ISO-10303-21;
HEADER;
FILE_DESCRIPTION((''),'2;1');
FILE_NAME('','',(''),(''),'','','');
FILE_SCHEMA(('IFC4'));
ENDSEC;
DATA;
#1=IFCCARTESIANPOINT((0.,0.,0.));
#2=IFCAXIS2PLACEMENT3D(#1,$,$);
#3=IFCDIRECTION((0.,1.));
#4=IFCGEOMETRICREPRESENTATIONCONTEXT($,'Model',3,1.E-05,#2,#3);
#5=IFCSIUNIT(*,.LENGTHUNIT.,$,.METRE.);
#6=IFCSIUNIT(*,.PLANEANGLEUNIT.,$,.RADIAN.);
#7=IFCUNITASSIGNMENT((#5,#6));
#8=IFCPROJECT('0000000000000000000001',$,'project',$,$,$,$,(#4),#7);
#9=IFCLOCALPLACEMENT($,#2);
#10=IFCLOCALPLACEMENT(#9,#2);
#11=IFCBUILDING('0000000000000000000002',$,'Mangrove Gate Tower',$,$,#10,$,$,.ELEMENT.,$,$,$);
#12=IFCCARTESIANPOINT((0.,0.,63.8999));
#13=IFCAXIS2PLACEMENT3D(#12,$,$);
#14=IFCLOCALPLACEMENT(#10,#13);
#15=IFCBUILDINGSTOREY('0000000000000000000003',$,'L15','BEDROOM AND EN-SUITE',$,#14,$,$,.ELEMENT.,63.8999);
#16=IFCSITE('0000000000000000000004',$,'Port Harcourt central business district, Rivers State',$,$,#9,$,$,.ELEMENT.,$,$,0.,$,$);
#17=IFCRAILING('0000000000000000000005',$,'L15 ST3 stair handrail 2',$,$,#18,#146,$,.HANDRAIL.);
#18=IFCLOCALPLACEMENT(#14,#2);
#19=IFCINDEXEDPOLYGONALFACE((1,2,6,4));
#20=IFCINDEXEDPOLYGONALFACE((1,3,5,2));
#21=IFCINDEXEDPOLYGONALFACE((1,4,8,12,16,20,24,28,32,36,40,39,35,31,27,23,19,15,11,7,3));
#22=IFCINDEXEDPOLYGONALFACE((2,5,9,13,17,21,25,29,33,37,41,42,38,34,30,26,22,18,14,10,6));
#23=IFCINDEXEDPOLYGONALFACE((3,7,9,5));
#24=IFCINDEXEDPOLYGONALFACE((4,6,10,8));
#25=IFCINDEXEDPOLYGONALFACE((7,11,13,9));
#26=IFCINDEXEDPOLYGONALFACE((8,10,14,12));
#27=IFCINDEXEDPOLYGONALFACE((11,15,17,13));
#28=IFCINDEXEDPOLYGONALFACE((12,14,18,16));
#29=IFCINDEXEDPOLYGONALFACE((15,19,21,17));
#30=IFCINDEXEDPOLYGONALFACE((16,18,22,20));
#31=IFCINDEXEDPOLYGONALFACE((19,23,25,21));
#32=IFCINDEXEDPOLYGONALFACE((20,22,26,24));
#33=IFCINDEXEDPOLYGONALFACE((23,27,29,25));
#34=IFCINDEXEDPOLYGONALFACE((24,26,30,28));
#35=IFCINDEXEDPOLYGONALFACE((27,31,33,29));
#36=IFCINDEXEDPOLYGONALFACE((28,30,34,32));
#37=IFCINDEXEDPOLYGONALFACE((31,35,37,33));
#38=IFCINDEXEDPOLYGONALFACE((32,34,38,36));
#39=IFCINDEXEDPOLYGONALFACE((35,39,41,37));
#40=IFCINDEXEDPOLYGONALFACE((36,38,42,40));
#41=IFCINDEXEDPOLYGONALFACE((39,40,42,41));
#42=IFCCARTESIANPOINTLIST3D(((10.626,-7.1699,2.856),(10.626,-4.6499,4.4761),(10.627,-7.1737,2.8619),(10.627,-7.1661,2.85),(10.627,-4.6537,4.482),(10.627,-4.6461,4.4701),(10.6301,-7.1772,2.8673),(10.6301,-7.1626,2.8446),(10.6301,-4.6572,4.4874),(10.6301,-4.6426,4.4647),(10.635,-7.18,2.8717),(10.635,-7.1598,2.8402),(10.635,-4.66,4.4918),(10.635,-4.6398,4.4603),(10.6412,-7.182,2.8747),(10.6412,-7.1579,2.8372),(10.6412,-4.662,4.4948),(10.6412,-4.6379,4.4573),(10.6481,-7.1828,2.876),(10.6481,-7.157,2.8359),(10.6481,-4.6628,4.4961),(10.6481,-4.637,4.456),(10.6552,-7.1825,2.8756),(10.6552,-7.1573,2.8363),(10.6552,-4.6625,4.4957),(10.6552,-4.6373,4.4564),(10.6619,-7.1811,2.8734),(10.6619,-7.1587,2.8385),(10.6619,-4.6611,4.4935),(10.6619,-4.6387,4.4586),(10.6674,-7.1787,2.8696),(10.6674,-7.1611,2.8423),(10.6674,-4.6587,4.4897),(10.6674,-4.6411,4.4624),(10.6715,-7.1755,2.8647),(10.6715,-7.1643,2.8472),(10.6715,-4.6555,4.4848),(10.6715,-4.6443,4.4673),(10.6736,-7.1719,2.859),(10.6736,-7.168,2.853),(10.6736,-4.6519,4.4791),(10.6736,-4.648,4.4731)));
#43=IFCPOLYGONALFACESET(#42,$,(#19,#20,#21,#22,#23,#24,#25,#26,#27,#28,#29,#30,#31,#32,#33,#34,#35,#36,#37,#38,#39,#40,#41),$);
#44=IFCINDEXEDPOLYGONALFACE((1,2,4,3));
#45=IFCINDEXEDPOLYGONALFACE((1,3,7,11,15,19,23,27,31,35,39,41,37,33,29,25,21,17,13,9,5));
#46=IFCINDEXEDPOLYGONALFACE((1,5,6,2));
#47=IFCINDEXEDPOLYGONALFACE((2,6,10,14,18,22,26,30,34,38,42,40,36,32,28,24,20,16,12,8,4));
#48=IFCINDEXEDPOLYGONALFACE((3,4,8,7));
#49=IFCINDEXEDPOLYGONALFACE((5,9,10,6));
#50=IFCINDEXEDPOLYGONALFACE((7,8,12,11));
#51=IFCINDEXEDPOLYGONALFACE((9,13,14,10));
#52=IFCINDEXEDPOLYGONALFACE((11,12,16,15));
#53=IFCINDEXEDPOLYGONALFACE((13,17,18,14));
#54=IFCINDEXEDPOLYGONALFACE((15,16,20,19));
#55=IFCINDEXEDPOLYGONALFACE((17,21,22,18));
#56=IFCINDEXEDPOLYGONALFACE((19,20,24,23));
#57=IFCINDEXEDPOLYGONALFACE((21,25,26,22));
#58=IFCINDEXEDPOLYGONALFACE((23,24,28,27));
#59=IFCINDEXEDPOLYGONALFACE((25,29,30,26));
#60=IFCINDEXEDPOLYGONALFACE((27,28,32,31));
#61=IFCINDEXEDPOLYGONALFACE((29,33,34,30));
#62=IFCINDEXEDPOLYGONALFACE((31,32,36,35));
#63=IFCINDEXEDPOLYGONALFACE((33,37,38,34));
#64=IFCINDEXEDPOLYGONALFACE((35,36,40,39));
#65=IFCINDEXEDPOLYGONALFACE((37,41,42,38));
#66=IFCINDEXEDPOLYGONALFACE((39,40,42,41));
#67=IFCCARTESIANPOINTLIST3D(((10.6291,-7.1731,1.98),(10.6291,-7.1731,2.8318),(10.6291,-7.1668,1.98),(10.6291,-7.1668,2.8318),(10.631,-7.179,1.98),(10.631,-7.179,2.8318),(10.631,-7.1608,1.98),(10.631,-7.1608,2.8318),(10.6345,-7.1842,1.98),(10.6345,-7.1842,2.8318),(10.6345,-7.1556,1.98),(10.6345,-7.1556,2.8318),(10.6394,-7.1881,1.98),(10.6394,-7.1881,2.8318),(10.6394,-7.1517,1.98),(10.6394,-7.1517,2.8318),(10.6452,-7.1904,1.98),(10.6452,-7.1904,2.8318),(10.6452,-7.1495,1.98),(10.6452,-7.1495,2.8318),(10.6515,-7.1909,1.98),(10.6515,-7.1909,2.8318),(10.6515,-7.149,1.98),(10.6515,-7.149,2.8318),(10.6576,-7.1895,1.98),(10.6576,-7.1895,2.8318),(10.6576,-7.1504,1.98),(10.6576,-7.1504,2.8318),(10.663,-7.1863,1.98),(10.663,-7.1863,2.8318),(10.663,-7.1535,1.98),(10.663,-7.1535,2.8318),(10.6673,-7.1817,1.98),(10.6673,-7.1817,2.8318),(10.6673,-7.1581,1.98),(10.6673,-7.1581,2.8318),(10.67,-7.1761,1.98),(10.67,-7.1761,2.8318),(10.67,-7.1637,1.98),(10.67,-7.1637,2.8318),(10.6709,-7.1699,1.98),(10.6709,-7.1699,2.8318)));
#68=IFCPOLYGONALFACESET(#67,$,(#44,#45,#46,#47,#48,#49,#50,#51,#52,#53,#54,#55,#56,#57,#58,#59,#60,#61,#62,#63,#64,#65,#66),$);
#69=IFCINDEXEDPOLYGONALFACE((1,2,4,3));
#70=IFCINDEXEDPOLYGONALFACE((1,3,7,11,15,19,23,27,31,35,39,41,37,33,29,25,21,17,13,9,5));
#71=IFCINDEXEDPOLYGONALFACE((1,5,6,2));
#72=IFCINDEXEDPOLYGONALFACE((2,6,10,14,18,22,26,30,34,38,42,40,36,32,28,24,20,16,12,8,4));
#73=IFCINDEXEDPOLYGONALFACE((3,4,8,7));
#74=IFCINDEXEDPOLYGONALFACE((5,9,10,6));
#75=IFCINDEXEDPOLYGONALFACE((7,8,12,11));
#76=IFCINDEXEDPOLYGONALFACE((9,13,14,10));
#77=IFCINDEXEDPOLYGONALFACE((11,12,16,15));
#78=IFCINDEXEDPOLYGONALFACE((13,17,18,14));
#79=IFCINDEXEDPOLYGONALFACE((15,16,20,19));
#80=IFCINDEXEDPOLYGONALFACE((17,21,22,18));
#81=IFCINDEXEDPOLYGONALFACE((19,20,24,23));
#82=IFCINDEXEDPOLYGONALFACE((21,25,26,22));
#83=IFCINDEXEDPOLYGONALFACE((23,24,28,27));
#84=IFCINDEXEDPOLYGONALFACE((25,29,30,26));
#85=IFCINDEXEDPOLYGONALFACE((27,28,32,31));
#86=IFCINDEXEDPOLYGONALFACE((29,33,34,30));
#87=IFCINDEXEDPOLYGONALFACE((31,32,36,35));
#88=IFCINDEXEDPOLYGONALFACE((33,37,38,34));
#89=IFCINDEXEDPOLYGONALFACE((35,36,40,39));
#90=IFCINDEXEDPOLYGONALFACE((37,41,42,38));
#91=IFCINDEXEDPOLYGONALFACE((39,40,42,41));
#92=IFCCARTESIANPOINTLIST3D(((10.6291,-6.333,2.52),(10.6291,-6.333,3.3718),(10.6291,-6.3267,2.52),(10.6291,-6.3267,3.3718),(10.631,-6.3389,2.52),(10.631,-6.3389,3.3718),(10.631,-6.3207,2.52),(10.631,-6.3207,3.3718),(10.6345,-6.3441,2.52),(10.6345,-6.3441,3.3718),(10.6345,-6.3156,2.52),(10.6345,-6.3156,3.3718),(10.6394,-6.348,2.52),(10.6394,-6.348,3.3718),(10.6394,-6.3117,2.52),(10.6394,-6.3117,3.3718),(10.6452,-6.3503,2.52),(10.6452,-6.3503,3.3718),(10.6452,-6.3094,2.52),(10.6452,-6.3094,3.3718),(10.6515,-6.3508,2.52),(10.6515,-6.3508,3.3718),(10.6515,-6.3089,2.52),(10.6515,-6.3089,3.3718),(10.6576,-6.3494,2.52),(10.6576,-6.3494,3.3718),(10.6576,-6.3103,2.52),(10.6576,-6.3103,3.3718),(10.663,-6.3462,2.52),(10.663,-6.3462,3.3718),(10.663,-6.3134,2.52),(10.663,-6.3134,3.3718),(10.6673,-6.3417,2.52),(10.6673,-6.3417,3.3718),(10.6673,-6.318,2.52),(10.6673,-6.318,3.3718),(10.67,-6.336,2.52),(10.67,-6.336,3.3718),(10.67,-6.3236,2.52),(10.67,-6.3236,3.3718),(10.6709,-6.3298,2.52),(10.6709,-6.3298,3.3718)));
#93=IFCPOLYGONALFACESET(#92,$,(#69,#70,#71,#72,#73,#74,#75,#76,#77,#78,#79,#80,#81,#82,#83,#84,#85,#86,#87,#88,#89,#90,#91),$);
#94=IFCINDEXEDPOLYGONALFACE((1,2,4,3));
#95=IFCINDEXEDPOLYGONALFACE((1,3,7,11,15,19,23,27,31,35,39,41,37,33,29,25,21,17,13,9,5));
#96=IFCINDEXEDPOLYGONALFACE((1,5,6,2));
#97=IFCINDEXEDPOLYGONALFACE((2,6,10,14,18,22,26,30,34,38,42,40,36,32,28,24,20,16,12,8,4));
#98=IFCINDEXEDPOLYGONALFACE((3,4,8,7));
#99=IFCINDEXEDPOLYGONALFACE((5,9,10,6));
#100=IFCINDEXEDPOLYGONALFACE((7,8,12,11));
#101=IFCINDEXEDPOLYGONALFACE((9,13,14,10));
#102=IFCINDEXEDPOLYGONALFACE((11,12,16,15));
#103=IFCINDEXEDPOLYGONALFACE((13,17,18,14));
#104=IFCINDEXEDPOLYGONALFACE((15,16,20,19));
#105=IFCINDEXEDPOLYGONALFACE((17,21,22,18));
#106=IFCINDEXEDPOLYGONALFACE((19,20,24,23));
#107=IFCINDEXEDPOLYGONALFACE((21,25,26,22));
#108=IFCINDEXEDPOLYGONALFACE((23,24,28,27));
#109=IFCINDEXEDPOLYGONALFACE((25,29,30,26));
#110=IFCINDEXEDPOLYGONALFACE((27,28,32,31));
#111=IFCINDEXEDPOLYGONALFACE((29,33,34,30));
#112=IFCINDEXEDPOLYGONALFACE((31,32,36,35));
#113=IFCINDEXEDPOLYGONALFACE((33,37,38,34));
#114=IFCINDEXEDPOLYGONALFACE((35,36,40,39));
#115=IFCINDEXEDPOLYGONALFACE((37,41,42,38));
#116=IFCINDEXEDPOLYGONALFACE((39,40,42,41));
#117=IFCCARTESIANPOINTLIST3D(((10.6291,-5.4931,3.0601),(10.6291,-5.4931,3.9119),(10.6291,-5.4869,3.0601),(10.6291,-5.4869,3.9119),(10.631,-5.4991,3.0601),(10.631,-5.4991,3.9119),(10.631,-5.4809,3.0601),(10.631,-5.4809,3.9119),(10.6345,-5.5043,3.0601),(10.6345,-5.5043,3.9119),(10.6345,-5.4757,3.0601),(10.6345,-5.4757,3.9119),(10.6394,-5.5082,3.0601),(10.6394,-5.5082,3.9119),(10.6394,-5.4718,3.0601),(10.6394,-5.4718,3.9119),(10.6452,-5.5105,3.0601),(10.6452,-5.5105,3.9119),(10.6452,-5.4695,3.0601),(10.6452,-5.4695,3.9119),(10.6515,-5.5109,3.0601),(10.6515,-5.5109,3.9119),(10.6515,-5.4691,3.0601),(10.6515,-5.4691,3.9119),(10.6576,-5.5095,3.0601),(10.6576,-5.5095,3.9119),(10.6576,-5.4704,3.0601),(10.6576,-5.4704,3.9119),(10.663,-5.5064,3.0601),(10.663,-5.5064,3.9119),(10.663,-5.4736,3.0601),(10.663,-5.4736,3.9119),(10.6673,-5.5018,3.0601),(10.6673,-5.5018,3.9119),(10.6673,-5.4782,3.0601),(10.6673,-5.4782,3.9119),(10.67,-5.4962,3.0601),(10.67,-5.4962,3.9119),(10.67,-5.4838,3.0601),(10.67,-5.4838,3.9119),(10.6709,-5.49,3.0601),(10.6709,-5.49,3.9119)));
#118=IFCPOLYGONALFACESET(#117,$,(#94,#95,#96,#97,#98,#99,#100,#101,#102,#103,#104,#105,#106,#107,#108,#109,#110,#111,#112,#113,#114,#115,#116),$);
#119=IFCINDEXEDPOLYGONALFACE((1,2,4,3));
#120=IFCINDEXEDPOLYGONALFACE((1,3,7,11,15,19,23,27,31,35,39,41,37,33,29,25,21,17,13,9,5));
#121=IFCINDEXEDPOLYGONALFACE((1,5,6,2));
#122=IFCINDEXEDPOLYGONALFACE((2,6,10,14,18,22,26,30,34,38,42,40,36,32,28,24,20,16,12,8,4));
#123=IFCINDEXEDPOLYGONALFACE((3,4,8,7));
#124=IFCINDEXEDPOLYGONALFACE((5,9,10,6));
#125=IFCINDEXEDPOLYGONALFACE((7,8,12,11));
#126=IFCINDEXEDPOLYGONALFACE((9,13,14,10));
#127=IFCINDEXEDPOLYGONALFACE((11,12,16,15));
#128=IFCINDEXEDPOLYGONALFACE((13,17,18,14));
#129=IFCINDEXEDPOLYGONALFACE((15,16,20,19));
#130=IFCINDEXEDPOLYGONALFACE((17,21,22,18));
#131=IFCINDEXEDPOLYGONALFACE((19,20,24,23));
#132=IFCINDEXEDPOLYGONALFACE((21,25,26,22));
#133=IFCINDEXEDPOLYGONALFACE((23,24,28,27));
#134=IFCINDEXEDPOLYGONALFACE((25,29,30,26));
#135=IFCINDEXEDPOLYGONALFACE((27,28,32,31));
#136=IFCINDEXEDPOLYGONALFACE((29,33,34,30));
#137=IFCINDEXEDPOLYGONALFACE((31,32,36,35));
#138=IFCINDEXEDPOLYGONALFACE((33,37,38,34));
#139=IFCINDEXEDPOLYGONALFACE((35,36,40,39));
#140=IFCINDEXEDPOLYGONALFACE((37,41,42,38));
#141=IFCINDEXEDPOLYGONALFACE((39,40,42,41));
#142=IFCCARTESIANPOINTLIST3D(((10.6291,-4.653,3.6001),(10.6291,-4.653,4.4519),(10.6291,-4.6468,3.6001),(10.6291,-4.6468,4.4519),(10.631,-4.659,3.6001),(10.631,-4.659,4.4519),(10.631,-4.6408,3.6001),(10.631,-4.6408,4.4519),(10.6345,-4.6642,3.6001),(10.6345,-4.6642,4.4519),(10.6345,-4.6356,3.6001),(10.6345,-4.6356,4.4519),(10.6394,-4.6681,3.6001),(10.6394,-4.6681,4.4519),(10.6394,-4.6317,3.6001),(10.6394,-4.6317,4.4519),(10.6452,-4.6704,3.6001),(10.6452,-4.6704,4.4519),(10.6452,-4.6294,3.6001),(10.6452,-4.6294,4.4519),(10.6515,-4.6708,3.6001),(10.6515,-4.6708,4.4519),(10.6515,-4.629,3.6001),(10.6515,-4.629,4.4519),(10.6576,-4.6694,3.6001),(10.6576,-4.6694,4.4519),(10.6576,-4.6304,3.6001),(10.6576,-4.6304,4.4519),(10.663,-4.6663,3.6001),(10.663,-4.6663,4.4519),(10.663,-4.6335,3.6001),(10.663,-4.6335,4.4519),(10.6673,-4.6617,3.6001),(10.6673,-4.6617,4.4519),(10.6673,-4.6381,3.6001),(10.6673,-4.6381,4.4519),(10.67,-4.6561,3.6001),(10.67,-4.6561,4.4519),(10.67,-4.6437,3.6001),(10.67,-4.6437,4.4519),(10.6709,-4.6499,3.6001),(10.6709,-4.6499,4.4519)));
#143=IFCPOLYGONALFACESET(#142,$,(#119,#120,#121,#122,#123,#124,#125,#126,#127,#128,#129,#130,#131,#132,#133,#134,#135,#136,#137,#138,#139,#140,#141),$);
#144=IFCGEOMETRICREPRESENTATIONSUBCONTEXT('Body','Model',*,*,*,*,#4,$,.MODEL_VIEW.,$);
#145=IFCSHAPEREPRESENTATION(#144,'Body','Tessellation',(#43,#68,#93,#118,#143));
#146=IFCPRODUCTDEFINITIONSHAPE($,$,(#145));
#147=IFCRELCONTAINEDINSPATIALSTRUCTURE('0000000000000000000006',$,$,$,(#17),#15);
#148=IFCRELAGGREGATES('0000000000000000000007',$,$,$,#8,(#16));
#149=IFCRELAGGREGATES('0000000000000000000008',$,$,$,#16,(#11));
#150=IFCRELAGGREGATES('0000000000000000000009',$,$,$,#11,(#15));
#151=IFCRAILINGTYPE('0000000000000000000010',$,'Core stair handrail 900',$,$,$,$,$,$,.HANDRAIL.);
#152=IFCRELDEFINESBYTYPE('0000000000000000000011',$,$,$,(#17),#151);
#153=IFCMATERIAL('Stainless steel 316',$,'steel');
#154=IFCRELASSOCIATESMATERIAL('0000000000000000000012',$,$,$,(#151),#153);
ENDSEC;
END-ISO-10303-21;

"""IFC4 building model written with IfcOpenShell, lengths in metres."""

from ifc_helpers import new_model, si_unit, direction, frame, origin, origin_2d, place, context, subcontext, project, spatial, circle, extrude, material, type_object, element, save


model = new_model("IFC4")

# Units and contexts
model_context = context("Model", 3, precision=1e-05, world=origin(), true_north=direction((0.0, 1.0)))
body_context = subcontext(model_context, "Body", "Model", "MODEL_VIEW")
ifc_project = project(units=[si_unit("LENGTHUNIT", "METRE"), si_unit("PLANEANGLEUNIT", "RADIAN")], contexts=[model_context])

# Site, building, storey
site_placement = place(None, origin())
site = spatial("IfcSite", under=ifc_project, at=site_placement, Name="Port Harcourt central business district, Rivers State", CompositionType="ELEMENT", RefElevation=0.0)
building_placement = place(site_placement, origin())
building = spatial("IfcBuilding", under=site, at=building_placement, Name="Mangrove Gate Tower", CompositionType="ELEMENT")
storey_placement = place(building_placement, frame((0.0, 0.0, 63.8999)))
storey = spatial("IfcBuildingStorey", under=building, at=storey_placement, Name="L15", Description="BEDROOM AND EN-SUITE", CompositionType="ELEMENT", Elevation=63.8999)

# Railing
ifc_material_1 = material(Name="Stainless steel 316", Category="steel")
railing_type_1 = type_object("IfcRailingType", Name="Core stair handrail 900", PredefinedType="HANDRAIL", material=ifc_material_1)
railing_1_placement = place(storey_placement, frame((10.6499, -7.1699, 1.98)))
element("IfcRailing", 1, at=railing_1_placement, inside=storey, type_object=railing_type_1, Name="L15 ST3 stair handrail 2", PredefinedType="HANDRAIL", context=body_context, shape_type="SweptSolid", body=[
    extrude(circle(Radius=0.0239, at=origin_2d()), frame((0.0, 0.0, 0.876), z_axis=(0.0, 0.841163, 0.540782), x_axis=(-1.0, 0.0, 0.0)), (0.0, 0.0, 1.0), 2.9958),
    extrude(circle(Radius=0.021, at=origin_2d()), origin(), (0.0, 0.0, 1.0), 0.8518),
    extrude(circle(Radius=0.021, at=origin_2d()), frame((0.0, 0.8401, 0.54)), (0.0, 0.0, 1.0), 0.8518),
    extrude(circle(Radius=0.021, at=origin_2d()), frame((0.0, 1.6799, 1.0801)), (0.0, 0.0, 1.0), 0.8518),
    extrude(circle(Radius=0.021, at=origin_2d()), frame((0.0, 2.52, 1.6201)), (0.0, 0.0, 1.0), 0.8518),
])

save(model, "model.ifc")
